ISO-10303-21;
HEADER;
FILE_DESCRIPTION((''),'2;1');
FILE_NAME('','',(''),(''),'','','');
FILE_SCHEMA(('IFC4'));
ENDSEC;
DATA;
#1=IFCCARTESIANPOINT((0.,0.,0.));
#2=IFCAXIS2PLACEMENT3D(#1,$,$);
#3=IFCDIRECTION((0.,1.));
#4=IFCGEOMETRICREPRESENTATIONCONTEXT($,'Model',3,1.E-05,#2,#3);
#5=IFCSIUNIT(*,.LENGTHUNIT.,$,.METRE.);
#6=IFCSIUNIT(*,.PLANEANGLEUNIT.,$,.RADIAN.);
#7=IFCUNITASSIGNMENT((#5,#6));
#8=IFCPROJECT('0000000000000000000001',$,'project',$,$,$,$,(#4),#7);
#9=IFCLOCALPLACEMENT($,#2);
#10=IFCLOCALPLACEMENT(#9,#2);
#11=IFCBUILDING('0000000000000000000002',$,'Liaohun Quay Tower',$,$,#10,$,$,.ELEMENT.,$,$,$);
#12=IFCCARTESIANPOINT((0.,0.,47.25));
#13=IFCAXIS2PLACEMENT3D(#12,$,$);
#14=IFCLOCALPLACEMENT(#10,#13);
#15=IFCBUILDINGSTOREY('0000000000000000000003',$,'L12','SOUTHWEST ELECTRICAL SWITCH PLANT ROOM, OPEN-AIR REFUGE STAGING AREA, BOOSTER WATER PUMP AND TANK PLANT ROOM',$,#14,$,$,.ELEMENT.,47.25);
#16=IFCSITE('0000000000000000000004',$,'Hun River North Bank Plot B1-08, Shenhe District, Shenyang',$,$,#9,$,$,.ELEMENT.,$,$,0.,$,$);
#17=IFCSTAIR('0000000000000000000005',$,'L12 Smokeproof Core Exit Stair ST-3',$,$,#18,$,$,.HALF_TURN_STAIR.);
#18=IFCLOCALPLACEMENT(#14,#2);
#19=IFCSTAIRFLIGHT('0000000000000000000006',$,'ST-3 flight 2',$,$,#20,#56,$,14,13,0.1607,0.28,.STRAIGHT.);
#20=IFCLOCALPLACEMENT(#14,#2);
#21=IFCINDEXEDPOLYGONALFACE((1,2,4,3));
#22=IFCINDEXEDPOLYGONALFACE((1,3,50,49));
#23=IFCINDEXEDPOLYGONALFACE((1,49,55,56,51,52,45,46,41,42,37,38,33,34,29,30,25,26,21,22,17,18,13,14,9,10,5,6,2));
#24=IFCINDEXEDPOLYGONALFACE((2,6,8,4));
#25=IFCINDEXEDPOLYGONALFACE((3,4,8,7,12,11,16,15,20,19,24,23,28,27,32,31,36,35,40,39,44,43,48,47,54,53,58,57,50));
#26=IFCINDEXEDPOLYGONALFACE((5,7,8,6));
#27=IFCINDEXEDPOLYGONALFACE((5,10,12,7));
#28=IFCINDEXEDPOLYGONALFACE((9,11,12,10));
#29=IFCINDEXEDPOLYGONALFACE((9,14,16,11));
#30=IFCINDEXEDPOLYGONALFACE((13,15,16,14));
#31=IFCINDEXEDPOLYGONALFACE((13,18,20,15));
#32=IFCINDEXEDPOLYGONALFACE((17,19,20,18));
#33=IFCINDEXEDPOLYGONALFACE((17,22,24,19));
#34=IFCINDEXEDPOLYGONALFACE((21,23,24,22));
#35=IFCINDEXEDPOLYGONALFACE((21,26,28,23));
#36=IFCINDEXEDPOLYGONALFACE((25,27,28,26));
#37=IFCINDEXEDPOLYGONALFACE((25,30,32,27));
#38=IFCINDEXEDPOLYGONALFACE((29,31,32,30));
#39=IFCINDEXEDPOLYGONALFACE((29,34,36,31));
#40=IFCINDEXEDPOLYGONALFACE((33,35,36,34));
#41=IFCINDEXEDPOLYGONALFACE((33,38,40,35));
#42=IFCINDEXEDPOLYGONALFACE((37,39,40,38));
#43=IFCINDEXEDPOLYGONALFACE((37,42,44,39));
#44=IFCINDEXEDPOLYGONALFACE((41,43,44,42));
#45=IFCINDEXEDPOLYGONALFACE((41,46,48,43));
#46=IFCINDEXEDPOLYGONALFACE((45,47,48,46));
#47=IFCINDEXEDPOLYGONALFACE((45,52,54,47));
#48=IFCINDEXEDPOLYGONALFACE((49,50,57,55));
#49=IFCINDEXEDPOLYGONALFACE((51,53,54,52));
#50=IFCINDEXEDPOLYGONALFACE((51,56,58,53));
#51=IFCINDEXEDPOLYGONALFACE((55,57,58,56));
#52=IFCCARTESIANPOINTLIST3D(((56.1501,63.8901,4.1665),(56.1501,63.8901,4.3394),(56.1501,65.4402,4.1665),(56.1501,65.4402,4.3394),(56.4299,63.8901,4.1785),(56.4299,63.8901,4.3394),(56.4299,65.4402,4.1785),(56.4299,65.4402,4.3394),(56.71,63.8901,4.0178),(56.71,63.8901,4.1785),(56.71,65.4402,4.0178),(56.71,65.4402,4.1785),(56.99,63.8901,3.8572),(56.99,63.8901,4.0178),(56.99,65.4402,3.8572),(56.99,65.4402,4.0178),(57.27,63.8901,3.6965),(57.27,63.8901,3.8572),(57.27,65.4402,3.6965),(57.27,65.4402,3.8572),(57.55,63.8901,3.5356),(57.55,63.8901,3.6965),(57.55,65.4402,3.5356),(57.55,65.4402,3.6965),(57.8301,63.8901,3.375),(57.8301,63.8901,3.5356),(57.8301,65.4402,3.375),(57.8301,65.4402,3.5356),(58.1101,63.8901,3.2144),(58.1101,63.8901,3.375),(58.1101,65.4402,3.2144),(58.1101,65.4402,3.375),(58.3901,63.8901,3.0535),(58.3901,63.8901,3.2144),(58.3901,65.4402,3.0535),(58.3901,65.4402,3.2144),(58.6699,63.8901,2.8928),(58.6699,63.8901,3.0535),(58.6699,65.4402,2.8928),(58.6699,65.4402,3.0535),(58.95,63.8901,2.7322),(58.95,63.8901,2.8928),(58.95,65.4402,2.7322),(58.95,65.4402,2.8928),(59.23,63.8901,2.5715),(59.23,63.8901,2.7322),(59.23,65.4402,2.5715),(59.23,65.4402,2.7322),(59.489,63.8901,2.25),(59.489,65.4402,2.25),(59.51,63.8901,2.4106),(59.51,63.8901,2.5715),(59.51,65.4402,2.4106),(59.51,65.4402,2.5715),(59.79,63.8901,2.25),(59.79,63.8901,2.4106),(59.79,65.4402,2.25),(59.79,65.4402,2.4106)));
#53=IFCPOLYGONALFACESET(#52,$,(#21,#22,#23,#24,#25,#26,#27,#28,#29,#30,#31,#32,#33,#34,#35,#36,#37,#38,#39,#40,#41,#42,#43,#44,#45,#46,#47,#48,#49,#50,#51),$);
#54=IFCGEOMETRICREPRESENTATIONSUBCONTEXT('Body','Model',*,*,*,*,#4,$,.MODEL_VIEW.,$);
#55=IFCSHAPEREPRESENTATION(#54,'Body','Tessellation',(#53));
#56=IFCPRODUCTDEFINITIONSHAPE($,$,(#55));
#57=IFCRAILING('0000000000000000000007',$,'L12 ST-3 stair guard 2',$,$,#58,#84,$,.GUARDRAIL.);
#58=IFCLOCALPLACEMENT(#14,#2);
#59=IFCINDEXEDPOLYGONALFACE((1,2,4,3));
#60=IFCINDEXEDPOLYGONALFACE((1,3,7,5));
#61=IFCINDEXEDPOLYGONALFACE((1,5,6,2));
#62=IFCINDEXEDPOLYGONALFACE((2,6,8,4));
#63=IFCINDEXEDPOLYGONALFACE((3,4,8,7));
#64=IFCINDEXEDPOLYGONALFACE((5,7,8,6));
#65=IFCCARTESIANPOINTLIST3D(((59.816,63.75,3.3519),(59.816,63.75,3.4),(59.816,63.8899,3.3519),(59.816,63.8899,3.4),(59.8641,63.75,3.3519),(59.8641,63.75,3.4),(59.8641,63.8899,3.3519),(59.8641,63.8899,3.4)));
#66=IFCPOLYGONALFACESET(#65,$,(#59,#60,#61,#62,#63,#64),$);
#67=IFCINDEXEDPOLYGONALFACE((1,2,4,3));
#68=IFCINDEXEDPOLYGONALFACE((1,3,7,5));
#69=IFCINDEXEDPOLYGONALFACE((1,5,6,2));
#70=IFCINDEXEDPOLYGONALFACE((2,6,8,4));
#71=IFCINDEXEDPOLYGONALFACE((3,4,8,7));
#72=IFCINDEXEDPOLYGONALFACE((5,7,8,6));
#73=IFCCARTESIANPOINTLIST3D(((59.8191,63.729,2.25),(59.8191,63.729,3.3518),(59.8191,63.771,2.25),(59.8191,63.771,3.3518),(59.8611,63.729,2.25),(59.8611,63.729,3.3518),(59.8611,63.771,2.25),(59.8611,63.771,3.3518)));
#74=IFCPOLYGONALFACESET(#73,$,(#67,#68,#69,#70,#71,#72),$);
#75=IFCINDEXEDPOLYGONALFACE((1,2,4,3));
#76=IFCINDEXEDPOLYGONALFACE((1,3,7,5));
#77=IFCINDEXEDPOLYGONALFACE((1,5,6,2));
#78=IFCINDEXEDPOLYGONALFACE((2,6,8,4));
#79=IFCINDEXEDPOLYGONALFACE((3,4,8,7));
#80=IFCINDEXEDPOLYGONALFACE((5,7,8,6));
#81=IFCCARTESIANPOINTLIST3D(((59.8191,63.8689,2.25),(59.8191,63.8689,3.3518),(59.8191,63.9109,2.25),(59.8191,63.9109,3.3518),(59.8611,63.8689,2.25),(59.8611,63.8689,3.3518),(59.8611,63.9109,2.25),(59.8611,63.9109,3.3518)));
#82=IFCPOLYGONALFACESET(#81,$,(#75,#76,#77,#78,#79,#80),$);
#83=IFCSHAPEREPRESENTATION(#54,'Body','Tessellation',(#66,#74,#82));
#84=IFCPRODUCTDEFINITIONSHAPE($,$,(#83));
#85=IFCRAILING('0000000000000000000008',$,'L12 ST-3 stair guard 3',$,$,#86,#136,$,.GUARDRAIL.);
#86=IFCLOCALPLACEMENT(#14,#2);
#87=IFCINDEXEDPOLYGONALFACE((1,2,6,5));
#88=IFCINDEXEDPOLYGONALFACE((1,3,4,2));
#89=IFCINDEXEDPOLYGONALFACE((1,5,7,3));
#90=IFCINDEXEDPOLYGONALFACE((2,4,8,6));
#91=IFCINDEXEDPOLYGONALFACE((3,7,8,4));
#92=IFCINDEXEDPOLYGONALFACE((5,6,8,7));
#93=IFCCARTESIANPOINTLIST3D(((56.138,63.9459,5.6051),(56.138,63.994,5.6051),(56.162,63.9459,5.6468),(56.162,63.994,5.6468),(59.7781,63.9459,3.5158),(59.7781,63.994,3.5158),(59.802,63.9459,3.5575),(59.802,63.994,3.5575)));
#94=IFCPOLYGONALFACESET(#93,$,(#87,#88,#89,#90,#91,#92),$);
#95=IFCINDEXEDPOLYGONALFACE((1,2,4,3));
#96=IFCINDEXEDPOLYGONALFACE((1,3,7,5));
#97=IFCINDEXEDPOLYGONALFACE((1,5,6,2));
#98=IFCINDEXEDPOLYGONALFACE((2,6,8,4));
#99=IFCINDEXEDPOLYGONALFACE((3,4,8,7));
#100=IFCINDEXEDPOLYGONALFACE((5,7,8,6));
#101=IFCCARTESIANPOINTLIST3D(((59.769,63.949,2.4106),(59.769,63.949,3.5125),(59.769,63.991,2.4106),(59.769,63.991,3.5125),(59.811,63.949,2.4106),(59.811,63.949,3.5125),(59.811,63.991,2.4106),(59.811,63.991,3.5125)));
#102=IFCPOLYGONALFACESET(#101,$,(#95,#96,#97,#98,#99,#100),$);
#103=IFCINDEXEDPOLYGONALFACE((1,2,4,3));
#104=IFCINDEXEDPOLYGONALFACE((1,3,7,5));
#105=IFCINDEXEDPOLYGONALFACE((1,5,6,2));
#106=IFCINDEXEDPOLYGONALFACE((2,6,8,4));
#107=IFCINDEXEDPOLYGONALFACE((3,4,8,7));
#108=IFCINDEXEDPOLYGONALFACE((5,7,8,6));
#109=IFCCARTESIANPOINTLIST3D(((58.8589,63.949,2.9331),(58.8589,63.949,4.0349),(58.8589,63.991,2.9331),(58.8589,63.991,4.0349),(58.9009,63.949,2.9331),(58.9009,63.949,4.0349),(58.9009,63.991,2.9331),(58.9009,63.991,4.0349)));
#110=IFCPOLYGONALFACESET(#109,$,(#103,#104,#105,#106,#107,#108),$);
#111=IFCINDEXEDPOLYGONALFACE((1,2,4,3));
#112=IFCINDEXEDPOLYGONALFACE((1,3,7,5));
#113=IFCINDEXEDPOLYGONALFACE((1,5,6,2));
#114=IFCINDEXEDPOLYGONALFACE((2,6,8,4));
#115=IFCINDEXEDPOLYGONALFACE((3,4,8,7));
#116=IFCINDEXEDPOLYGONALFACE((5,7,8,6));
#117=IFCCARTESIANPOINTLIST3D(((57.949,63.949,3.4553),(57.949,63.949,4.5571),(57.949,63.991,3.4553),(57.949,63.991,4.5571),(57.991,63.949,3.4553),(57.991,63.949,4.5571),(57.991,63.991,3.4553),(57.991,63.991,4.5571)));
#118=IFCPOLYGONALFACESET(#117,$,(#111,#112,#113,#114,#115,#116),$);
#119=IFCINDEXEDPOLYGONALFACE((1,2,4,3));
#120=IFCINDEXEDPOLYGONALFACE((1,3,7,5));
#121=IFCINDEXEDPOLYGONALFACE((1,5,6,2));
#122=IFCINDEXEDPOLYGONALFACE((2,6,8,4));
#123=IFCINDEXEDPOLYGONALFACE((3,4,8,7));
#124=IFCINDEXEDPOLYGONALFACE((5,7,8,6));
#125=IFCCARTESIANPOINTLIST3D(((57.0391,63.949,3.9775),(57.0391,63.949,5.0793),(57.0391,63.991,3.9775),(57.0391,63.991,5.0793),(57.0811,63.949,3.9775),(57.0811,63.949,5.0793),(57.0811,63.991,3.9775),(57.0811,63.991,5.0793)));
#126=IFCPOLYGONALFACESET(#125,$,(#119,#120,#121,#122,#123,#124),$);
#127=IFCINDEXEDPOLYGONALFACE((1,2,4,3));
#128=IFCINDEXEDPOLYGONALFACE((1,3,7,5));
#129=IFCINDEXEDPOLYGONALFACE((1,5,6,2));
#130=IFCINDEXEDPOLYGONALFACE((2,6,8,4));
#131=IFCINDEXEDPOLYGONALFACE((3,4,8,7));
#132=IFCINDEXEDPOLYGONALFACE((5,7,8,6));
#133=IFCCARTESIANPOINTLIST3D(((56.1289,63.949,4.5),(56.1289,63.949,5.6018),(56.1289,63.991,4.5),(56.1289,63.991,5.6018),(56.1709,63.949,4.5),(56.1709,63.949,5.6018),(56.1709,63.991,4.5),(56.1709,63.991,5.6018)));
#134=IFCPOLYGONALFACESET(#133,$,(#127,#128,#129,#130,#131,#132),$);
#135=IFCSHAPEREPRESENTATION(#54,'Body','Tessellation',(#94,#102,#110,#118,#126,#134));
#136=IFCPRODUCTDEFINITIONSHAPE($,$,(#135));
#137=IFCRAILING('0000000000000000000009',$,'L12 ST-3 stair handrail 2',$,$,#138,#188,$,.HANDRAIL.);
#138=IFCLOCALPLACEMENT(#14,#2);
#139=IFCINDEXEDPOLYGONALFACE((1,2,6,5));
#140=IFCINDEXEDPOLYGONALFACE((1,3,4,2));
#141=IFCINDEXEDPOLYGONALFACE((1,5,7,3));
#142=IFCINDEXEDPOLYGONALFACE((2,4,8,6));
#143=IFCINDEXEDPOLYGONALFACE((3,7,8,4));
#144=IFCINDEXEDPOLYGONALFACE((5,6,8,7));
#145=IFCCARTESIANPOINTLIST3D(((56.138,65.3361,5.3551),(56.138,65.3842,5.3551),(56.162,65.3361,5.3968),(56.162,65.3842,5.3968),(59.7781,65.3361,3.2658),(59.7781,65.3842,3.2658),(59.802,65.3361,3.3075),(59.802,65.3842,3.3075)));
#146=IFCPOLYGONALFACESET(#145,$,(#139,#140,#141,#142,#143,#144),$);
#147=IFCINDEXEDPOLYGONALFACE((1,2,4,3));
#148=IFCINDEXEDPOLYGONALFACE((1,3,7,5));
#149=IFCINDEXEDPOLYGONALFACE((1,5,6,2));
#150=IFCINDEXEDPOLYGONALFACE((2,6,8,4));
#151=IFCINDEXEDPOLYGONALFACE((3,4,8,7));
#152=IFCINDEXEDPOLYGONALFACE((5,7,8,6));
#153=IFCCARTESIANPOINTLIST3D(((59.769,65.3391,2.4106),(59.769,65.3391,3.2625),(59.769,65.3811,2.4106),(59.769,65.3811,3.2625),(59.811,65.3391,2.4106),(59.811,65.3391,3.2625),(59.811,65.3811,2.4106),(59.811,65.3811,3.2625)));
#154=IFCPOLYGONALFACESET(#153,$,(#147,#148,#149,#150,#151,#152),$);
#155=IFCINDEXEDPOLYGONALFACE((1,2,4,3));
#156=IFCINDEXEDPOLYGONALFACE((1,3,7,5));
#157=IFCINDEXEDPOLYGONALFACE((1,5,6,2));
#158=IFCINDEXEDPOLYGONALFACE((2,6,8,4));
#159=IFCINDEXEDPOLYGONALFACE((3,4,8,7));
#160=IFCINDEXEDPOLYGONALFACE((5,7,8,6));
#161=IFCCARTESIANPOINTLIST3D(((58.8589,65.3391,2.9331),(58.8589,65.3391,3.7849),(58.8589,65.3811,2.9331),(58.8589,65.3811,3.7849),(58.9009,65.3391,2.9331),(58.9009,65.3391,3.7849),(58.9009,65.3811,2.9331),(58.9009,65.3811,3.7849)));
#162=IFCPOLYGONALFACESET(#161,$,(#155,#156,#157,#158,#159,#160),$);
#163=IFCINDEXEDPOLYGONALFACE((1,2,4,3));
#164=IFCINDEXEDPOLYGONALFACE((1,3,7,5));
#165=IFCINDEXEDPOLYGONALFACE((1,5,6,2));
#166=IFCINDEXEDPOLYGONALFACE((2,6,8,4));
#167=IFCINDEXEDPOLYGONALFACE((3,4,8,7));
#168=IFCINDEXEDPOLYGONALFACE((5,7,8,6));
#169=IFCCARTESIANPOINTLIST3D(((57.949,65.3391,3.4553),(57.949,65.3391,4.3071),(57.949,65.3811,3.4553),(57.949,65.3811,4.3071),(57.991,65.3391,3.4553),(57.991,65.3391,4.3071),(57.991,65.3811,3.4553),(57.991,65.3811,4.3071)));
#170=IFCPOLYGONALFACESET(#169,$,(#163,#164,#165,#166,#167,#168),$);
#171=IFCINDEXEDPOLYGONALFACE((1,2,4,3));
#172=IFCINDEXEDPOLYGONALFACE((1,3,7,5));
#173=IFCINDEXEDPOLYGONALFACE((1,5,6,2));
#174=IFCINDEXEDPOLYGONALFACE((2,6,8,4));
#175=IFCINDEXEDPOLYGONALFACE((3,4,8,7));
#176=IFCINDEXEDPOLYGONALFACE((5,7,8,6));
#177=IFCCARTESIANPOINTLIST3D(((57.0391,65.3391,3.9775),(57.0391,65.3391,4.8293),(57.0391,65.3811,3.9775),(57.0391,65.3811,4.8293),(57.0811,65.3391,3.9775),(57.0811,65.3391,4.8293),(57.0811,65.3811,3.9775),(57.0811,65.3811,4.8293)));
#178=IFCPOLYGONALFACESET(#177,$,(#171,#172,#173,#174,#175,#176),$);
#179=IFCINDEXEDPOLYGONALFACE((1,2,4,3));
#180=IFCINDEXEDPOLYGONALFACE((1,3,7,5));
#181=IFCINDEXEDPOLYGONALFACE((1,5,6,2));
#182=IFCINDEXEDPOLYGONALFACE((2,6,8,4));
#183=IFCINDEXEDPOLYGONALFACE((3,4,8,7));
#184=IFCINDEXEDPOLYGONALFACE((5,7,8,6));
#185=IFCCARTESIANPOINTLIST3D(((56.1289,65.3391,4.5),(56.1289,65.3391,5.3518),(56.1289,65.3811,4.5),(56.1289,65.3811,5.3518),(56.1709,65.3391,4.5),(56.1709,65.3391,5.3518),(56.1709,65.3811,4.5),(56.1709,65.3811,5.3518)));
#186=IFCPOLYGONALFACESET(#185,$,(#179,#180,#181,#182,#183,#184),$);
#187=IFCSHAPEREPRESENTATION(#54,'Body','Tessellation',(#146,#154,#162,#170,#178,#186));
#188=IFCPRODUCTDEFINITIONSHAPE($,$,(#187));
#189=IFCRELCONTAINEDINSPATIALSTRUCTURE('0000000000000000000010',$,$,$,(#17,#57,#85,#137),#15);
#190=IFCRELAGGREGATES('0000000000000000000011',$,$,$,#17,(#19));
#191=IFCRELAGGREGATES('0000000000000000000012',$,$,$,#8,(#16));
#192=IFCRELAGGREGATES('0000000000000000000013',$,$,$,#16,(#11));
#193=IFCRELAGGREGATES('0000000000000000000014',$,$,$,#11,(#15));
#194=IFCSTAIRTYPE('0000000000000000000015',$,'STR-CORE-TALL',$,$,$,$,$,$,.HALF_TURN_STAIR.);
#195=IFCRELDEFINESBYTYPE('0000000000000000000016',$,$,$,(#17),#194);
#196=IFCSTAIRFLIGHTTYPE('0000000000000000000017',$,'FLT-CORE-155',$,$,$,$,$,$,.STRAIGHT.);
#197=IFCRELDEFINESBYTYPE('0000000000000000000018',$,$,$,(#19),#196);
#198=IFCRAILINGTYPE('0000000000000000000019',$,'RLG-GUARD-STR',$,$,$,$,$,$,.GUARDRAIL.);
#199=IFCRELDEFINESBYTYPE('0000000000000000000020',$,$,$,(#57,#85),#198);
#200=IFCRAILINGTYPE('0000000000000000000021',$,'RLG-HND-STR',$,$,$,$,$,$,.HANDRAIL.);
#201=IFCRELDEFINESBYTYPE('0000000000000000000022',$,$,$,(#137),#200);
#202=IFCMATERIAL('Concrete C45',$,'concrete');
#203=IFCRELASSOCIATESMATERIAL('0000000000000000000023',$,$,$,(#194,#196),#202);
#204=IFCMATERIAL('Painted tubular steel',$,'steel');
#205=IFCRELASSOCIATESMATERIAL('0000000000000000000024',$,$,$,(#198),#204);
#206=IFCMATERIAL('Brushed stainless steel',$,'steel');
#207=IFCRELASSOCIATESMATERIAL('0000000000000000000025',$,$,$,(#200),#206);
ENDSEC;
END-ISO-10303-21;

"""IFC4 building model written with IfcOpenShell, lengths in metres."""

from ifc_helpers import new_model, si_unit, direction, frame, origin, origin_2d, place, context, subcontext, project, spatial, polyline, rectangle, outline, extrude, material, type_object, element, aggregate, save


model = new_model("IFC4")

# Units and contexts
model_context = context("Model", 3, precision=1e-05, world=origin(), true_north=direction((0.0, 1.0)))
body_context = subcontext(model_context, "Body", "Model", "MODEL_VIEW")
ifc_project = project(units=[si_unit("LENGTHUNIT", "METRE"), si_unit("PLANEANGLEUNIT", "RADIAN")], contexts=[model_context])

# Site, building, storey
site_placement = place(None, origin())
site = spatial("IfcSite", under=ifc_project, at=site_placement, Name="Hun River North Bank Plot B1-08, Shenhe District, Shenyang", CompositionType="ELEMENT", RefElevation=0.0)
building_placement = place(site_placement, origin())
building = spatial("IfcBuilding", under=site, at=building_placement, Name="Liaohun Quay Tower", CompositionType="ELEMENT")
storey_placement = place(building_placement, frame((0.0, 0.0, 47.25)))
storey = spatial("IfcBuildingStorey", under=building, at=storey_placement, Name="L12", Description="SOUTHWEST ELECTRICAL SWITCH PLANT ROOM, OPEN-AIR REFUGE STAGING AREA, BOOSTER WATER PUMP AND TANK PLANT ROOM", CompositionType="ELEMENT", Elevation=47.25)

# Stair, stair flight
ifc_material_1 = material(Name="Concrete C45", Category="concrete")
stair_type = type_object("IfcStairType", Name="STR-CORE-TALL", PredefinedType="HALF_TURN_STAIR", material=ifc_material_1)
stair_placement = place(storey_placement, origin())
stair = element("IfcStair", 1, at=stair_placement, inside=storey, type_object=stair_type, Name="L12 Smokeproof Core Exit Stair ST-3", PredefinedType="HALF_TURN_STAIR")
stair_flight_type = type_object("IfcStairFlightType", Name="FLT-CORE-155", PredefinedType="STRAIGHT", material=ifc_material_1)
stair_flight_placement = place(storey_placement, frame((59.79, 64.665, 2.25), z_axis=(0.0, 0.0, 1.0), x_axis=(-1.0, 0.0, 0.0)))
stair_flight = element("IfcStairFlight", 2, at=stair_flight_placement, type_object=stair_flight_type, Name="ST-3 flight 2", NumberOfRisers=14, NumberOfTreads=13, PredefinedType="STRAIGHT", RiserHeight=0.1607, TreadLength=0.28, context=body_context, shape_type="SweptSolid", body=[
    extrude(outline(polyline([(0.0, 0.0), (0.0, 0.1606), (0.28, 0.1606), (0.28, 0.3215), (0.5601, 0.3215), (0.5601, 0.4822), (0.8401, 0.4822), (0.8401, 0.6428), (1.1201, 0.6428), (1.1201, 0.8035), (1.3999, 0.8035), (1.3999, 0.9644), (1.6799, 0.9644), (1.6799, 1.125), (1.96, 1.125), (1.96, 1.2856), (2.24, 1.2856), (2.24, 1.4465), (2.52, 1.4465), (2.52, 1.6072), (2.8, 1.6072), (2.8, 1.7678), (3.0801, 1.7678), (3.0801, 1.9285), (3.3601, 1.9285), (3.3601, 2.0894), (3.6399, 2.0894), (3.6399, 2.25), (3.6399, 1.9165), (0.301, 0.0), (0.0, 0.0)])), frame((0.0, 0.7749, 0.0), z_axis=(0.0, -1.0, 0.0), x_axis=(1.0, 0.0, 0.0)), (0.0, 0.0, 1.0), 1.55),
])
aggregate(stair, [stair_flight])

# Railings
ifc_material_2 = material(Name="Painted tubular steel", Category="steel")
railing_type_1 = type_object("IfcRailingType", Name="RLG-GUARD-STR", PredefinedType="GUARDRAIL", material=ifc_material_2)
railing_1_placement = place(storey_placement, frame((59.8401, 63.75, 2.25)))
element("IfcRailing", 3, at=railing_1_placement, inside=storey, type_object=railing_type_1, Name="L12 ST-3 stair guard 2", PredefinedType="GUARDRAIL", context=body_context, shape_type="SweptSolid", body=[
    extrude(rectangle(XDim=0.0481, YDim=0.0481, at=origin_2d()), frame((0.0, 0.0, 1.126), z_axis=(0.0, 1.0, 0.0), x_axis=(-1.0, 0.0, 0.0)), (0.0, 0.0, 1.0), 0.1399),
    extrude(rectangle(XDim=0.042, YDim=0.042, at=origin_2d()), origin(), (0.0, 0.0, 1.0), 1.1018),
    extrude(rectangle(XDim=0.042, YDim=0.042, at=origin_2d()), frame((0.0, 0.1399, 0.0)), (0.0, 0.0, 1.0), 1.1018),
])
railing_2_placement = place(storey_placement, frame((59.79, 63.97, 2.4106)))
element("IfcRailing", 4, at=railing_2_placement, inside=storey, type_object=railing_type_1, Name="L12 ST-3 stair guard 3", PredefinedType="GUARDRAIL", context=body_context, shape_type="SweptSolid", body=[
    extrude(rectangle(XDim=0.0481, YDim=0.0481, at=origin_2d()), frame((0.0, 0.0, 1.126), z_axis=(-0.867289, 0.0, 0.497804), x_axis=(0.0, -1.0, 0.0)), (0.0, 0.0, 1.0), 4.197),
    extrude(rectangle(XDim=0.042, YDim=0.042, at=origin_2d()), origin(), (0.0, 0.0, 1.0), 1.1018),
    extrude(rectangle(XDim=0.042, YDim=0.042, at=origin_2d()), frame((-0.9102, 0.0, 0.5225)), (0.0, 0.0, 1.0), 1.1018),
    extrude(rectangle(XDim=0.042, YDim=0.042, at=origin_2d()), frame((-1.8201, 0.0, 1.0447)), (0.0, 0.0, 1.0), 1.1018),
    extrude(rectangle(XDim=0.042, YDim=0.042, at=origin_2d()), frame((-2.73, 0.0, 1.5669)), (0.0, 0.0, 1.0), 1.1018),
    extrude(rectangle(XDim=0.042, YDim=0.042, at=origin_2d()), frame((-3.6401, 0.0, 2.0894)), (0.0, 0.0, 1.0), 1.1018),
])
ifc_material_3 = material(Name="Brushed stainless steel", Category="steel")
railing_type_2 = type_object("IfcRailingType", Name="RLG-HND-STR", PredefinedType="HANDRAIL", material=ifc_material_3)
railing_3_placement = place(storey_placement, frame((59.79, 65.3601, 2.4106)))
element("IfcRailing", 5, at=railing_3_placement, inside=storey, type_object=railing_type_2, Name="L12 ST-3 stair handrail 2", PredefinedType="HANDRAIL", context=body_context, shape_type="SweptSolid", body=[
    extrude(rectangle(XDim=0.0481, YDim=0.0481, at=origin_2d()), frame((0.0, 0.0, 0.876), z_axis=(-0.867289, 0.0, 0.497804), x_axis=(0.0, -1.0, 0.0)), (0.0, 0.0, 1.0), 4.197),
    extrude(rectangle(XDim=0.042, YDim=0.042, at=origin_2d()), origin(), (0.0, 0.0, 1.0), 0.8518),
    extrude(rectangle(XDim=0.042, YDim=0.042, at=origin_2d()), frame((-0.9102, 0.0, 0.5225)), (0.0, 0.0, 1.0), 0.8518),
    extrude(rectangle(XDim=0.042, YDim=0.042, at=origin_2d()), frame((-1.8201, 0.0, 1.0447)), (0.0, 0.0, 1.0), 0.8518),
    extrude(rectangle(XDim=0.042, YDim=0.042, at=origin_2d()), frame((-2.73, 0.0, 1.5669)), (0.0, 0.0, 1.0), 0.8518),
    extrude(rectangle(XDim=0.042, YDim=0.042, at=origin_2d()), frame((-3.6401, 0.0, 2.0894)), (0.0, 0.0, 1.0), 0.8518),
])

save(model, "model.ifc")
